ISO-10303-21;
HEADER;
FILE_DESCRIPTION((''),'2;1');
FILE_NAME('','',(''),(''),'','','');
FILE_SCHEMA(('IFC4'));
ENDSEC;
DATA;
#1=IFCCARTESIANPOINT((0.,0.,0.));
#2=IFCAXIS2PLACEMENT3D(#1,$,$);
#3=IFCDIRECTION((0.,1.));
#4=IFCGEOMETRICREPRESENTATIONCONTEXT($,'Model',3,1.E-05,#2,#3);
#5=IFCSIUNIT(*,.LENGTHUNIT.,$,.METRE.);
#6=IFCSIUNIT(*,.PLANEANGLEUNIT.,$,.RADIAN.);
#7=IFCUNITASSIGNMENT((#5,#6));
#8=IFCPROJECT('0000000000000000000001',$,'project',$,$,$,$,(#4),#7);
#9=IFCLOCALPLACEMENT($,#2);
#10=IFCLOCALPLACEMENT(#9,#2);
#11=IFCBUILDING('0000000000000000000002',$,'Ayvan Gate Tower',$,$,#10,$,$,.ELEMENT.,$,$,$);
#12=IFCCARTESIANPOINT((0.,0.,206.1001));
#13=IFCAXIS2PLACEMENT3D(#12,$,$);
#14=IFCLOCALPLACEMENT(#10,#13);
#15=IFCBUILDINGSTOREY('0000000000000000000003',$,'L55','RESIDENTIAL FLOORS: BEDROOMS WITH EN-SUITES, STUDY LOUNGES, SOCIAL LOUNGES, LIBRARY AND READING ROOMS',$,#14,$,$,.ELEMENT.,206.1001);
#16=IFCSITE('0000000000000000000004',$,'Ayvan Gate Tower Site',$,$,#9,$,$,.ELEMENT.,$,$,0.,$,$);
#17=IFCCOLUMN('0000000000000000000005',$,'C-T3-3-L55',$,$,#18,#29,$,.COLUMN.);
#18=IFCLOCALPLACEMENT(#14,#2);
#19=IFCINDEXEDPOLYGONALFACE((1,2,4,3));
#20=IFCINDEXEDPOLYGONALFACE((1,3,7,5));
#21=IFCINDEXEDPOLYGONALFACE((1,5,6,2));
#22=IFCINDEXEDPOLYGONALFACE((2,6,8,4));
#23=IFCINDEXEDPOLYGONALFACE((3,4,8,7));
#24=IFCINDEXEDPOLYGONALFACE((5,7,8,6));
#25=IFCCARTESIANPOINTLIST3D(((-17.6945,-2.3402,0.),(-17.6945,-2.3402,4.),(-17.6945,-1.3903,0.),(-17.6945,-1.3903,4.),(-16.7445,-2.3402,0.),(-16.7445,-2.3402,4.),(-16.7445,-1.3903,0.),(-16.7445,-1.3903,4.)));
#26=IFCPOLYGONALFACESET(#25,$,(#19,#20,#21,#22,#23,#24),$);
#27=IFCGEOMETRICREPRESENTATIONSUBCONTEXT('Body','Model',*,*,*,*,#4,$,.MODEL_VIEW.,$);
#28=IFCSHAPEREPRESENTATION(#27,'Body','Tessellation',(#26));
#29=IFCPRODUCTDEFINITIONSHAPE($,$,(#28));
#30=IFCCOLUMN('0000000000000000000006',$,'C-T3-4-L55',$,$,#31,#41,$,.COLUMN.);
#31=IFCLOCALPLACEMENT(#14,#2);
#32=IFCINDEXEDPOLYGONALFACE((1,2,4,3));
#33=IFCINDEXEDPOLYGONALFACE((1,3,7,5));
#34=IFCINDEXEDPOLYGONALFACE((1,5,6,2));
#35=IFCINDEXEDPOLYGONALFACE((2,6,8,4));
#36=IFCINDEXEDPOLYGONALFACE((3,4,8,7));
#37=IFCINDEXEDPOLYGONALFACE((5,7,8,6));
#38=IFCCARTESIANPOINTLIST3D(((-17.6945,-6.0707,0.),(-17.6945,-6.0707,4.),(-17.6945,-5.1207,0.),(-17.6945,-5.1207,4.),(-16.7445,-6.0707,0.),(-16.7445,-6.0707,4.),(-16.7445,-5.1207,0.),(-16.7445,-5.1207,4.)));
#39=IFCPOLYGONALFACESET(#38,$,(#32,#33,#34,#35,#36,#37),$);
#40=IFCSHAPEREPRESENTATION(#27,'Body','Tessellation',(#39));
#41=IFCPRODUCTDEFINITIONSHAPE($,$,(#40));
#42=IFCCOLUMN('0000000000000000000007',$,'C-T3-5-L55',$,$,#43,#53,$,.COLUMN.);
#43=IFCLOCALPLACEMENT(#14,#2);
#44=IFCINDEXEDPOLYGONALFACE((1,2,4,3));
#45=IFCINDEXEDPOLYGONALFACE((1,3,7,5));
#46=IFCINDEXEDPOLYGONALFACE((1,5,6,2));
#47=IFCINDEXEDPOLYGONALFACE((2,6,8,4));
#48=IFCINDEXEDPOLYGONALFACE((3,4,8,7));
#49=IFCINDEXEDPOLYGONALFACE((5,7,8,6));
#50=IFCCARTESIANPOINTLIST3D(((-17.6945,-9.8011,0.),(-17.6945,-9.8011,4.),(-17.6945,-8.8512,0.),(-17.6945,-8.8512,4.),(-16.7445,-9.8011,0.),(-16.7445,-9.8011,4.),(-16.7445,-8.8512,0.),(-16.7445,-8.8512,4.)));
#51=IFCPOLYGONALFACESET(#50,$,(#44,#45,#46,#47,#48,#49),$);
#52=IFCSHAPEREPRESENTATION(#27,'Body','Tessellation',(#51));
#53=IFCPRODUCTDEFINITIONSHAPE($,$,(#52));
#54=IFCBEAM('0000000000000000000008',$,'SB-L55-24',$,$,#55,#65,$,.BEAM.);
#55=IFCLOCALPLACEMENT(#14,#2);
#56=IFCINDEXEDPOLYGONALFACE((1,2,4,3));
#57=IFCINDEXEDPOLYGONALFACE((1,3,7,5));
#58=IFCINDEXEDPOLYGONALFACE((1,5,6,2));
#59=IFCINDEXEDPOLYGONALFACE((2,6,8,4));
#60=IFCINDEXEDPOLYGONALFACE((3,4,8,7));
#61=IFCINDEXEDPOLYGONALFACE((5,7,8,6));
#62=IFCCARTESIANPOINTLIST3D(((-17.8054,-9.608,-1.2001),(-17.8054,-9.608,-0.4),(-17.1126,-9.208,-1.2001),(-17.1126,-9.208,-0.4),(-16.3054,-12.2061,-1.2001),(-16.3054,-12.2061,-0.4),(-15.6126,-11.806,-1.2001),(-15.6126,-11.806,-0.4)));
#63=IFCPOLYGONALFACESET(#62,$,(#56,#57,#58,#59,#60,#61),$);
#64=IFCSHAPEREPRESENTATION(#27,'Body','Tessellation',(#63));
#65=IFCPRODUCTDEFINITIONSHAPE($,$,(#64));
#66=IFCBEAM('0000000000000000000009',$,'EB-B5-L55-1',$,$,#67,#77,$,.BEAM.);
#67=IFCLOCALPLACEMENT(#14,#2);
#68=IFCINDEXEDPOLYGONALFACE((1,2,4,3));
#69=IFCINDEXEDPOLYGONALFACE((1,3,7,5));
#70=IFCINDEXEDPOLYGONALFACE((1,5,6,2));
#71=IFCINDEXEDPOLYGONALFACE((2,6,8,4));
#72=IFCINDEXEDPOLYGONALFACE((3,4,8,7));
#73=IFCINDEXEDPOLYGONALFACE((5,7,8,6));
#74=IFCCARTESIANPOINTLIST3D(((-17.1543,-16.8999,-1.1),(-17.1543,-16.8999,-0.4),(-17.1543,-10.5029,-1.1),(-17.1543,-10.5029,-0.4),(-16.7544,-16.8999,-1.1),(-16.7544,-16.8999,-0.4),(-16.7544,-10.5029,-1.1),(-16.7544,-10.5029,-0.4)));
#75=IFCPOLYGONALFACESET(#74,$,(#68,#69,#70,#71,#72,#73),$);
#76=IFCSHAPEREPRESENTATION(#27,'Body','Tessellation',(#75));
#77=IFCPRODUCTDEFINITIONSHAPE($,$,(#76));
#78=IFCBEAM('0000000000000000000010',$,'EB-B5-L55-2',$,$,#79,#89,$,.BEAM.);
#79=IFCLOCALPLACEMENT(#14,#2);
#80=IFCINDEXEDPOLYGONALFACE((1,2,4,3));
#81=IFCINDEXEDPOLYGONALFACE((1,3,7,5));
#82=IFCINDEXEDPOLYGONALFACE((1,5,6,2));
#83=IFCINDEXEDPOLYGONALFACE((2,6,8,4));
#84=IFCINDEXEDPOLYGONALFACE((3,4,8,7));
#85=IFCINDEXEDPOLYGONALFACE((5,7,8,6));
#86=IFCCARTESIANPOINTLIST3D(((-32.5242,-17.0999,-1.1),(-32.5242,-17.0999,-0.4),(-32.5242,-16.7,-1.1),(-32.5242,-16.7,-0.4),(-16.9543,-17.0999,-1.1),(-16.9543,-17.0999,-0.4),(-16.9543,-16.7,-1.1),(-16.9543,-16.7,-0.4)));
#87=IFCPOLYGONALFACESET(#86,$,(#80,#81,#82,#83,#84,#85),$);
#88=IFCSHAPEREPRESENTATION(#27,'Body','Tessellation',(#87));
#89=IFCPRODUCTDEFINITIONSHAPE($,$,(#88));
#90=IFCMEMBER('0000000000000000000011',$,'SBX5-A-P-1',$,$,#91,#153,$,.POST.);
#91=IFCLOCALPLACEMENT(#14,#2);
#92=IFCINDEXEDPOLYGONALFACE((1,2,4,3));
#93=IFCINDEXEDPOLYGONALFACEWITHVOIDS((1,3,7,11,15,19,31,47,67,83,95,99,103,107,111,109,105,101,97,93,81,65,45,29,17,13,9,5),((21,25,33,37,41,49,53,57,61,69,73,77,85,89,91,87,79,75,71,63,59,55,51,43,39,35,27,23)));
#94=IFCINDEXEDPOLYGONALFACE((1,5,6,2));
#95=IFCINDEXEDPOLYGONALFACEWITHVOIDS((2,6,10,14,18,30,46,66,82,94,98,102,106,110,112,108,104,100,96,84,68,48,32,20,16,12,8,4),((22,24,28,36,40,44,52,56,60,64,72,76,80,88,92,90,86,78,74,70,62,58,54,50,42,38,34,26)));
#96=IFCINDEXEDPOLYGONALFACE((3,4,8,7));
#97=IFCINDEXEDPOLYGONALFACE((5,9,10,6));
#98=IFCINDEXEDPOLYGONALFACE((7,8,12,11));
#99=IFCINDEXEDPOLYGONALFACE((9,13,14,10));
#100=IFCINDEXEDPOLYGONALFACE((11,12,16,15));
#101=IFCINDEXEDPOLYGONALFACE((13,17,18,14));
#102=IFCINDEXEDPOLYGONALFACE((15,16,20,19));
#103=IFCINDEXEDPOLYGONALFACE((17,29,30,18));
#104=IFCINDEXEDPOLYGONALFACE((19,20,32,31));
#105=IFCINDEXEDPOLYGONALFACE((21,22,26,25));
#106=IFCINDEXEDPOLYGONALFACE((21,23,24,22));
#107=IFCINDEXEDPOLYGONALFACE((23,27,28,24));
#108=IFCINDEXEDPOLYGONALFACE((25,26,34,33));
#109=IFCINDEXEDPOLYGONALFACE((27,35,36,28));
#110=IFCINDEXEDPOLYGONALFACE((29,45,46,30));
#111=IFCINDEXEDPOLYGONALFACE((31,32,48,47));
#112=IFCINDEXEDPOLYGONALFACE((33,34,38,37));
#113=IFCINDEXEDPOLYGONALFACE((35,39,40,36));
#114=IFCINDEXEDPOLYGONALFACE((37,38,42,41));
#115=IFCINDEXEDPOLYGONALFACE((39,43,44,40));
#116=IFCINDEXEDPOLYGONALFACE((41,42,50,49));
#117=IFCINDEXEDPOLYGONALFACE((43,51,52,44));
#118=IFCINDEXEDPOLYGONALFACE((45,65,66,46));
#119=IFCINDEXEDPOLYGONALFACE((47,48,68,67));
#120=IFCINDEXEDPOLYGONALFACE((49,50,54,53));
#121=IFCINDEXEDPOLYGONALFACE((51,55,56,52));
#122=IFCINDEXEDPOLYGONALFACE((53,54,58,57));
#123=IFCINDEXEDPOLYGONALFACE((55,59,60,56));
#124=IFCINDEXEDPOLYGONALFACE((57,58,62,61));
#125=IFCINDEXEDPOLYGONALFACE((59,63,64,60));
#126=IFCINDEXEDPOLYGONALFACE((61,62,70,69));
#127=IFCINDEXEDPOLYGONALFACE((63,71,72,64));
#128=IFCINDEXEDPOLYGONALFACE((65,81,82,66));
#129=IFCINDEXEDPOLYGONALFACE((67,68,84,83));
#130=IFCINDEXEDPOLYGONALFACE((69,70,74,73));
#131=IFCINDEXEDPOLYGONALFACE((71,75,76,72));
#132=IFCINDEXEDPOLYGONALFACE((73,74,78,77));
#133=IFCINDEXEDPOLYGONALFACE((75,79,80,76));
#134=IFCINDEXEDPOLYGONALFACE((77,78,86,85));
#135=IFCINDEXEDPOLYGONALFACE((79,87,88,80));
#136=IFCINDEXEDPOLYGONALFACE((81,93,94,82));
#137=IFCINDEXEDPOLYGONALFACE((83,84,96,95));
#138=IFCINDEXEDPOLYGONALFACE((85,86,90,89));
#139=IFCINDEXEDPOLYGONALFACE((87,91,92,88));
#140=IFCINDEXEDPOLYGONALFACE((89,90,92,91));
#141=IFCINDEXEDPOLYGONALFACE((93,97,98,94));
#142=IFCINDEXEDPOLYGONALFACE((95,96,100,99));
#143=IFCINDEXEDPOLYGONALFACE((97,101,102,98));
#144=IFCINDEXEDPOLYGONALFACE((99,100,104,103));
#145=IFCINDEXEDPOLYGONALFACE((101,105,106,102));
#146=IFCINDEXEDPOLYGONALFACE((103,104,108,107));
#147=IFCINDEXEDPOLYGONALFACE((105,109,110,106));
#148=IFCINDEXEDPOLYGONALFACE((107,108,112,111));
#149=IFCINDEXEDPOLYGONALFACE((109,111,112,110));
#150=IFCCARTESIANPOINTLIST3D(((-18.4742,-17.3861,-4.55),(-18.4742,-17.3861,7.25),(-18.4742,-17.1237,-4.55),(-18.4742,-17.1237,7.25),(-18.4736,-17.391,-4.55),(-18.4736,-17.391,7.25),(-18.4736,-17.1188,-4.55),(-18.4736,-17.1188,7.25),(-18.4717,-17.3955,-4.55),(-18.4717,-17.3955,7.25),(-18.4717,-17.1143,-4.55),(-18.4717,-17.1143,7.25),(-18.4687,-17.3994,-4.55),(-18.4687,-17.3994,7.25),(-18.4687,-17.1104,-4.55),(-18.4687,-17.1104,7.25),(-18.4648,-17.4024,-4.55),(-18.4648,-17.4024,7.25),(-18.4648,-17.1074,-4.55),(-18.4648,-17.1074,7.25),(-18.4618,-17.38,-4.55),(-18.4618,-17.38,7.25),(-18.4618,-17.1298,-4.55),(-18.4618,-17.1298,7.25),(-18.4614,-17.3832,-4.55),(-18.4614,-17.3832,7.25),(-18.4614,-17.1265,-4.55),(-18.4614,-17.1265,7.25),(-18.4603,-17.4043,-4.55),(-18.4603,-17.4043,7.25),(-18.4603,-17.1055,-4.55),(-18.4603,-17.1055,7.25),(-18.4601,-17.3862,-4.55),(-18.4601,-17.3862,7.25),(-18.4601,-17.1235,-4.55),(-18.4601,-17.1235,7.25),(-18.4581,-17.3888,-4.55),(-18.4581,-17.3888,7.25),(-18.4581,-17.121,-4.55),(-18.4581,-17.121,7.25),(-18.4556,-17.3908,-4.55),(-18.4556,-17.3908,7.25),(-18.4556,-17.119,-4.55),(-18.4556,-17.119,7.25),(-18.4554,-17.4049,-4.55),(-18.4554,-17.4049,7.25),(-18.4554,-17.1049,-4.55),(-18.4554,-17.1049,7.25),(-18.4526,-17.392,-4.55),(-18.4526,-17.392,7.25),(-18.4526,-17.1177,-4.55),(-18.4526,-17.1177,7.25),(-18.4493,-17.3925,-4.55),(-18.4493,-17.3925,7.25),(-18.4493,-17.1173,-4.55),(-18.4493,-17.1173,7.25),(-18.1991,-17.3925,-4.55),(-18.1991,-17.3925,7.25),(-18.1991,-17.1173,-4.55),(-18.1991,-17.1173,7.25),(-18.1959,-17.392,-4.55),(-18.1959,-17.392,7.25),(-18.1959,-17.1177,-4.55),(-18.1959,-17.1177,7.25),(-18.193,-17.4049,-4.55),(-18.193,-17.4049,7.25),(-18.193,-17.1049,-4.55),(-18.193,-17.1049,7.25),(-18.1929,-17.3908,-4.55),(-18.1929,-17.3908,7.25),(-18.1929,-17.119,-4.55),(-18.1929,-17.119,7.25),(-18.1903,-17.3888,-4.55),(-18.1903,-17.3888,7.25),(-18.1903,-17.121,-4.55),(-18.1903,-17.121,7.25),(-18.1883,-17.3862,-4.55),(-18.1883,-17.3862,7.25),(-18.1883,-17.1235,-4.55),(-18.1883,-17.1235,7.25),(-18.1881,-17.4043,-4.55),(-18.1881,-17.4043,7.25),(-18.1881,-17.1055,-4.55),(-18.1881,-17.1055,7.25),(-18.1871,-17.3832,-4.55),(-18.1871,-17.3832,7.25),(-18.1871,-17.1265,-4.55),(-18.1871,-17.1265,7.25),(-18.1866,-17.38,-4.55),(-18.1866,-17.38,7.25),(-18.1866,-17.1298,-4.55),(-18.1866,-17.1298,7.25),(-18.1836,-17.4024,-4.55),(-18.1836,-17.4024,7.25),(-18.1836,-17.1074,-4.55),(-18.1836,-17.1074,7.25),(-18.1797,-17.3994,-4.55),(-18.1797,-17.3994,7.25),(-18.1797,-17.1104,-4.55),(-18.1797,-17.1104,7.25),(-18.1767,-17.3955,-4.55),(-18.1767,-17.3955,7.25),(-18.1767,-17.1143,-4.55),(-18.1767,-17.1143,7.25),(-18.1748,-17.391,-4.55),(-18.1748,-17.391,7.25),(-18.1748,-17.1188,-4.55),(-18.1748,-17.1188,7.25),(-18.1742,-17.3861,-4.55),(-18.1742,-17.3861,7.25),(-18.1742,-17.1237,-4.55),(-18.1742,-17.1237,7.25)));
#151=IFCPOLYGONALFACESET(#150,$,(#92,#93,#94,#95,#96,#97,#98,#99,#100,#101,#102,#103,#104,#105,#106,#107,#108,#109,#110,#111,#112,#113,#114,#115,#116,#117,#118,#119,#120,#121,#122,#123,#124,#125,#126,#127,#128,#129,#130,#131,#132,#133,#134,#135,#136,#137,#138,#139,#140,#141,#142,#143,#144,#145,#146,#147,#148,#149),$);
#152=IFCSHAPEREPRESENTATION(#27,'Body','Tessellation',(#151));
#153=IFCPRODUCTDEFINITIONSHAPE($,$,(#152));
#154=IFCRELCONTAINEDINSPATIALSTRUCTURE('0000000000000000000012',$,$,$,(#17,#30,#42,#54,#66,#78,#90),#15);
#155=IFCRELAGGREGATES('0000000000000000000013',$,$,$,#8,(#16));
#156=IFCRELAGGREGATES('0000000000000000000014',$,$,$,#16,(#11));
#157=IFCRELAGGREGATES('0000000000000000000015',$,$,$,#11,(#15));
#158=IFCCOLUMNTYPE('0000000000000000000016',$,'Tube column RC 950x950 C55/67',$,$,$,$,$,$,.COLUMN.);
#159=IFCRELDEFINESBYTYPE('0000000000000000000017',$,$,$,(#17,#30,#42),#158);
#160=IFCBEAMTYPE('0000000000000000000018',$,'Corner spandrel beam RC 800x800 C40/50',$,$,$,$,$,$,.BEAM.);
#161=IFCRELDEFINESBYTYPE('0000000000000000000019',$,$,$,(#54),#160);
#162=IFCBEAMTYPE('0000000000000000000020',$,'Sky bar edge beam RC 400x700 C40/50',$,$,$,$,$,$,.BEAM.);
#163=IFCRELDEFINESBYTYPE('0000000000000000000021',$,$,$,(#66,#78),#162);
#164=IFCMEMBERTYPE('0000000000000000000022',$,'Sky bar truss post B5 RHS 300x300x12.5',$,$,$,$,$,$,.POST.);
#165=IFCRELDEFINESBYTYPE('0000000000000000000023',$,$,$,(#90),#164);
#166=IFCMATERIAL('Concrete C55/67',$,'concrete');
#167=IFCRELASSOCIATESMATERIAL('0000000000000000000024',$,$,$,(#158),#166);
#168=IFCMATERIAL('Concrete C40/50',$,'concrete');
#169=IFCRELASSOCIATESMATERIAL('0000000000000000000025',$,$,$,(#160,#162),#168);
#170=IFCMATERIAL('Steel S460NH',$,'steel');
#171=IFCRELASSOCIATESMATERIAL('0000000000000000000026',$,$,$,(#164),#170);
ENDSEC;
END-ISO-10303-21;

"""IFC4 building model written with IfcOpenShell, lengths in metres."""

from ifc_helpers import new_model, si_unit, direction, frame, origin, origin_2d, place, context, subcontext, project, spatial, rectangle, hollow_rectangle, extrude, material, material_profile, profile_set, type_object, element, save


model = new_model("IFC4")

# Units and contexts
model_context = context("Model", 3, precision=1e-05, world=origin(), true_north=direction((0.0, 1.0)))
body_context = subcontext(model_context, "Body", "Model", "MODEL_VIEW")
ifc_project = project(units=[si_unit("LENGTHUNIT", "METRE"), si_unit("PLANEANGLEUNIT", "RADIAN")], contexts=[model_context])

# Site, building, storey
site_placement = place(None, origin())
site = spatial("IfcSite", under=ifc_project, at=site_placement, Name="Ayvan Gate Tower Site", CompositionType="ELEMENT", RefElevation=0.0)
building_placement = place(site_placement, origin())
building = spatial("IfcBuilding", under=site, at=building_placement, Name="Ayvan Gate Tower", CompositionType="ELEMENT")
storey_placement = place(building_placement, frame((0.0, 0.0, 206.1001)))
storey = spatial("IfcBuildingStorey", under=building, at=storey_placement, Name="L55", Description="RESIDENTIAL FLOORS: BEDROOMS WITH EN-SUITES, STUDY LOUNGES, SOCIAL LOUNGES, LIBRARY AND READING ROOMS", CompositionType="ELEMENT", Elevation=206.1001)

# Columns
ifc_material_1 = material(Name="Concrete C55/67", Category="concrete")
ifc_material_profile_1 = material_profile(ifc_material_1, rectangle(XDim=0.95, YDim=0.95, at=origin_2d()), Name="RC 950x950")
ifc_profile_set_1 = profile_set([ifc_material_profile_1], Name="Concrete C55/67")
column_type = type_object("IfcColumnType", Name="Tube column RC 950x950 C55/67", PredefinedType="COLUMN", material=ifc_profile_set_1)
for number, where, z_axis, x_axis, name in (
    (1, (-17.2195, -1.8652, 0.0), (0.0, 0.0, 1.0), (-1.0, 0.0, 0.0), "C-T3-3-L55"),
    (2, (-17.2195, -5.5957, 0.0), (0.0, 0.0, 1.0), (-1.0, 0.0, 0.0), "C-T3-4-L55"),
    (3, (-17.2195, -9.3262, 0.0), (0.0, 0.0, 1.0), (-1.0, 0.0, 0.0), "C-T3-5-L55"),
):
    element("IfcColumn", number, at=place(storey_placement, frame(where, z_axis=z_axis, x_axis=x_axis)), inside=storey, type_object=column_type, Name=name, PredefinedType="COLUMN", context=body_context, shape_type="SweptSolid", body=[
        extrude(rectangle(XDim=0.95, YDim=0.95, at=origin_2d()), origin(), (0.0, 0.0, 1.0), 4.0),
    ])

# Beams
ifc_material_2 = material(Name="Concrete C40/50", Category="concrete")
ifc_material_profile_2 = material_profile(ifc_material_2, rectangle(XDim=0.8, YDim=0.8, at=origin_2d()), Name="RC 800x800")
ifc_profile_set_2 = profile_set([ifc_material_profile_2], Name="Concrete C40/50")
beam_type_1 = type_object("IfcBeamType", Name="Corner spandrel beam RC 800x800 C40/50", PredefinedType="BEAM", material=ifc_profile_set_2)
beam_1_placement = place(storey_placement, frame((-17.459, -9.408, -0.8), z_axis=(0.49999, -0.866031, 0.0), x_axis=(0.866031, 0.49999, 0.0)))
element("IfcBeam", 4, at=beam_1_placement, inside=storey, type_object=beam_type_1, Name="SB-L55-24", PredefinedType="BEAM", context=body_context, shape_type="SweptSolid", body=[
    extrude(rectangle(XDim=0.8, YDim=0.8, at=origin_2d()), origin(), (0.0, 0.0, 1.0), 3.0),
])
ifc_material_profile_3 = material_profile(ifc_material_2, rectangle(XDim=0.3999, YDim=0.7, at=origin_2d()), Name="RC 400x700")
ifc_profile_set_3 = profile_set([ifc_material_profile_3], Name="Concrete C40/50")
beam_type_2 = type_object("IfcBeamType", Name="Sky bar edge beam RC 400x700 C40/50", PredefinedType="BEAM", material=ifc_profile_set_3)
beam_2_placement = place(storey_placement, frame((-16.9543, -10.5029, -0.75), z_axis=(0.0, -1.0, 0.0), x_axis=(1.0, 0.0, 0.0)))
element("IfcBeam", 5, at=beam_2_placement, inside=storey, type_object=beam_type_2, Name="EB-B5-L55-1", PredefinedType="BEAM", context=body_context, shape_type="SweptSolid", body=[
    extrude(rectangle(XDim=0.3999, YDim=0.7, at=origin_2d()), origin(), (0.0, 0.0, 1.0), 6.397),
])
beam_3_placement = place(storey_placement, frame((-16.9543, -16.8999, -0.75), z_axis=(-1.0, 0.0, 0.0), x_axis=(0.0, -1.0, 0.0)))
element("IfcBeam", 6, at=beam_3_placement, inside=storey, type_object=beam_type_2, Name="EB-B5-L55-2", PredefinedType="BEAM", context=body_context, shape_type="SweptSolid", body=[
    extrude(rectangle(XDim=0.3999, YDim=0.7, at=origin_2d()), origin(), (0.0, 0.0, 1.0), 15.5698),
])

# Member
ifc_material_3 = material(Name="Steel S460NH", Category="steel")
ifc_material_profile_4 = material_profile(ifc_material_3, hollow_rectangle(XDim=0.3, YDim=0.3, WallThickness=0.0125, InnerFilletRadius=0.0125, OuterFilletRadius=0.0188, at=origin_2d()), Name="RHS 300x300x12.5")
ifc_profile_set_4 = profile_set([ifc_material_profile_4], Name="Steel S460NH")
member_type_1 = type_object("IfcMemberType", Name="Sky bar truss post B5 RHS 300x300x12.5", PredefinedType="POST", material=ifc_profile_set_4)
for number, where, z_axis, x_axis, name in (
    (7, (-18.3242, -17.2549, -4.55), (0.0, 0.0, 1.0), (1.0, 0.0, 0.0), "SBX5-A-P-1"),
):
    element("IfcMember", number, at=place(storey_placement, frame(where, z_axis=z_axis, x_axis=x_axis)), inside=storey, type_object=member_type_1, Name=name, PredefinedType="POST", context=body_context, shape_type="SweptSolid", body=[
        extrude(hollow_rectangle(XDim=0.3, YDim=0.3, WallThickness=0.0125, InnerFilletRadius=0.0125, OuterFilletRadius=0.0188, at=origin_2d()), origin(), (0.0, 0.0, 1.0), 11.8),
    ])

save(model, "model.ifc")
